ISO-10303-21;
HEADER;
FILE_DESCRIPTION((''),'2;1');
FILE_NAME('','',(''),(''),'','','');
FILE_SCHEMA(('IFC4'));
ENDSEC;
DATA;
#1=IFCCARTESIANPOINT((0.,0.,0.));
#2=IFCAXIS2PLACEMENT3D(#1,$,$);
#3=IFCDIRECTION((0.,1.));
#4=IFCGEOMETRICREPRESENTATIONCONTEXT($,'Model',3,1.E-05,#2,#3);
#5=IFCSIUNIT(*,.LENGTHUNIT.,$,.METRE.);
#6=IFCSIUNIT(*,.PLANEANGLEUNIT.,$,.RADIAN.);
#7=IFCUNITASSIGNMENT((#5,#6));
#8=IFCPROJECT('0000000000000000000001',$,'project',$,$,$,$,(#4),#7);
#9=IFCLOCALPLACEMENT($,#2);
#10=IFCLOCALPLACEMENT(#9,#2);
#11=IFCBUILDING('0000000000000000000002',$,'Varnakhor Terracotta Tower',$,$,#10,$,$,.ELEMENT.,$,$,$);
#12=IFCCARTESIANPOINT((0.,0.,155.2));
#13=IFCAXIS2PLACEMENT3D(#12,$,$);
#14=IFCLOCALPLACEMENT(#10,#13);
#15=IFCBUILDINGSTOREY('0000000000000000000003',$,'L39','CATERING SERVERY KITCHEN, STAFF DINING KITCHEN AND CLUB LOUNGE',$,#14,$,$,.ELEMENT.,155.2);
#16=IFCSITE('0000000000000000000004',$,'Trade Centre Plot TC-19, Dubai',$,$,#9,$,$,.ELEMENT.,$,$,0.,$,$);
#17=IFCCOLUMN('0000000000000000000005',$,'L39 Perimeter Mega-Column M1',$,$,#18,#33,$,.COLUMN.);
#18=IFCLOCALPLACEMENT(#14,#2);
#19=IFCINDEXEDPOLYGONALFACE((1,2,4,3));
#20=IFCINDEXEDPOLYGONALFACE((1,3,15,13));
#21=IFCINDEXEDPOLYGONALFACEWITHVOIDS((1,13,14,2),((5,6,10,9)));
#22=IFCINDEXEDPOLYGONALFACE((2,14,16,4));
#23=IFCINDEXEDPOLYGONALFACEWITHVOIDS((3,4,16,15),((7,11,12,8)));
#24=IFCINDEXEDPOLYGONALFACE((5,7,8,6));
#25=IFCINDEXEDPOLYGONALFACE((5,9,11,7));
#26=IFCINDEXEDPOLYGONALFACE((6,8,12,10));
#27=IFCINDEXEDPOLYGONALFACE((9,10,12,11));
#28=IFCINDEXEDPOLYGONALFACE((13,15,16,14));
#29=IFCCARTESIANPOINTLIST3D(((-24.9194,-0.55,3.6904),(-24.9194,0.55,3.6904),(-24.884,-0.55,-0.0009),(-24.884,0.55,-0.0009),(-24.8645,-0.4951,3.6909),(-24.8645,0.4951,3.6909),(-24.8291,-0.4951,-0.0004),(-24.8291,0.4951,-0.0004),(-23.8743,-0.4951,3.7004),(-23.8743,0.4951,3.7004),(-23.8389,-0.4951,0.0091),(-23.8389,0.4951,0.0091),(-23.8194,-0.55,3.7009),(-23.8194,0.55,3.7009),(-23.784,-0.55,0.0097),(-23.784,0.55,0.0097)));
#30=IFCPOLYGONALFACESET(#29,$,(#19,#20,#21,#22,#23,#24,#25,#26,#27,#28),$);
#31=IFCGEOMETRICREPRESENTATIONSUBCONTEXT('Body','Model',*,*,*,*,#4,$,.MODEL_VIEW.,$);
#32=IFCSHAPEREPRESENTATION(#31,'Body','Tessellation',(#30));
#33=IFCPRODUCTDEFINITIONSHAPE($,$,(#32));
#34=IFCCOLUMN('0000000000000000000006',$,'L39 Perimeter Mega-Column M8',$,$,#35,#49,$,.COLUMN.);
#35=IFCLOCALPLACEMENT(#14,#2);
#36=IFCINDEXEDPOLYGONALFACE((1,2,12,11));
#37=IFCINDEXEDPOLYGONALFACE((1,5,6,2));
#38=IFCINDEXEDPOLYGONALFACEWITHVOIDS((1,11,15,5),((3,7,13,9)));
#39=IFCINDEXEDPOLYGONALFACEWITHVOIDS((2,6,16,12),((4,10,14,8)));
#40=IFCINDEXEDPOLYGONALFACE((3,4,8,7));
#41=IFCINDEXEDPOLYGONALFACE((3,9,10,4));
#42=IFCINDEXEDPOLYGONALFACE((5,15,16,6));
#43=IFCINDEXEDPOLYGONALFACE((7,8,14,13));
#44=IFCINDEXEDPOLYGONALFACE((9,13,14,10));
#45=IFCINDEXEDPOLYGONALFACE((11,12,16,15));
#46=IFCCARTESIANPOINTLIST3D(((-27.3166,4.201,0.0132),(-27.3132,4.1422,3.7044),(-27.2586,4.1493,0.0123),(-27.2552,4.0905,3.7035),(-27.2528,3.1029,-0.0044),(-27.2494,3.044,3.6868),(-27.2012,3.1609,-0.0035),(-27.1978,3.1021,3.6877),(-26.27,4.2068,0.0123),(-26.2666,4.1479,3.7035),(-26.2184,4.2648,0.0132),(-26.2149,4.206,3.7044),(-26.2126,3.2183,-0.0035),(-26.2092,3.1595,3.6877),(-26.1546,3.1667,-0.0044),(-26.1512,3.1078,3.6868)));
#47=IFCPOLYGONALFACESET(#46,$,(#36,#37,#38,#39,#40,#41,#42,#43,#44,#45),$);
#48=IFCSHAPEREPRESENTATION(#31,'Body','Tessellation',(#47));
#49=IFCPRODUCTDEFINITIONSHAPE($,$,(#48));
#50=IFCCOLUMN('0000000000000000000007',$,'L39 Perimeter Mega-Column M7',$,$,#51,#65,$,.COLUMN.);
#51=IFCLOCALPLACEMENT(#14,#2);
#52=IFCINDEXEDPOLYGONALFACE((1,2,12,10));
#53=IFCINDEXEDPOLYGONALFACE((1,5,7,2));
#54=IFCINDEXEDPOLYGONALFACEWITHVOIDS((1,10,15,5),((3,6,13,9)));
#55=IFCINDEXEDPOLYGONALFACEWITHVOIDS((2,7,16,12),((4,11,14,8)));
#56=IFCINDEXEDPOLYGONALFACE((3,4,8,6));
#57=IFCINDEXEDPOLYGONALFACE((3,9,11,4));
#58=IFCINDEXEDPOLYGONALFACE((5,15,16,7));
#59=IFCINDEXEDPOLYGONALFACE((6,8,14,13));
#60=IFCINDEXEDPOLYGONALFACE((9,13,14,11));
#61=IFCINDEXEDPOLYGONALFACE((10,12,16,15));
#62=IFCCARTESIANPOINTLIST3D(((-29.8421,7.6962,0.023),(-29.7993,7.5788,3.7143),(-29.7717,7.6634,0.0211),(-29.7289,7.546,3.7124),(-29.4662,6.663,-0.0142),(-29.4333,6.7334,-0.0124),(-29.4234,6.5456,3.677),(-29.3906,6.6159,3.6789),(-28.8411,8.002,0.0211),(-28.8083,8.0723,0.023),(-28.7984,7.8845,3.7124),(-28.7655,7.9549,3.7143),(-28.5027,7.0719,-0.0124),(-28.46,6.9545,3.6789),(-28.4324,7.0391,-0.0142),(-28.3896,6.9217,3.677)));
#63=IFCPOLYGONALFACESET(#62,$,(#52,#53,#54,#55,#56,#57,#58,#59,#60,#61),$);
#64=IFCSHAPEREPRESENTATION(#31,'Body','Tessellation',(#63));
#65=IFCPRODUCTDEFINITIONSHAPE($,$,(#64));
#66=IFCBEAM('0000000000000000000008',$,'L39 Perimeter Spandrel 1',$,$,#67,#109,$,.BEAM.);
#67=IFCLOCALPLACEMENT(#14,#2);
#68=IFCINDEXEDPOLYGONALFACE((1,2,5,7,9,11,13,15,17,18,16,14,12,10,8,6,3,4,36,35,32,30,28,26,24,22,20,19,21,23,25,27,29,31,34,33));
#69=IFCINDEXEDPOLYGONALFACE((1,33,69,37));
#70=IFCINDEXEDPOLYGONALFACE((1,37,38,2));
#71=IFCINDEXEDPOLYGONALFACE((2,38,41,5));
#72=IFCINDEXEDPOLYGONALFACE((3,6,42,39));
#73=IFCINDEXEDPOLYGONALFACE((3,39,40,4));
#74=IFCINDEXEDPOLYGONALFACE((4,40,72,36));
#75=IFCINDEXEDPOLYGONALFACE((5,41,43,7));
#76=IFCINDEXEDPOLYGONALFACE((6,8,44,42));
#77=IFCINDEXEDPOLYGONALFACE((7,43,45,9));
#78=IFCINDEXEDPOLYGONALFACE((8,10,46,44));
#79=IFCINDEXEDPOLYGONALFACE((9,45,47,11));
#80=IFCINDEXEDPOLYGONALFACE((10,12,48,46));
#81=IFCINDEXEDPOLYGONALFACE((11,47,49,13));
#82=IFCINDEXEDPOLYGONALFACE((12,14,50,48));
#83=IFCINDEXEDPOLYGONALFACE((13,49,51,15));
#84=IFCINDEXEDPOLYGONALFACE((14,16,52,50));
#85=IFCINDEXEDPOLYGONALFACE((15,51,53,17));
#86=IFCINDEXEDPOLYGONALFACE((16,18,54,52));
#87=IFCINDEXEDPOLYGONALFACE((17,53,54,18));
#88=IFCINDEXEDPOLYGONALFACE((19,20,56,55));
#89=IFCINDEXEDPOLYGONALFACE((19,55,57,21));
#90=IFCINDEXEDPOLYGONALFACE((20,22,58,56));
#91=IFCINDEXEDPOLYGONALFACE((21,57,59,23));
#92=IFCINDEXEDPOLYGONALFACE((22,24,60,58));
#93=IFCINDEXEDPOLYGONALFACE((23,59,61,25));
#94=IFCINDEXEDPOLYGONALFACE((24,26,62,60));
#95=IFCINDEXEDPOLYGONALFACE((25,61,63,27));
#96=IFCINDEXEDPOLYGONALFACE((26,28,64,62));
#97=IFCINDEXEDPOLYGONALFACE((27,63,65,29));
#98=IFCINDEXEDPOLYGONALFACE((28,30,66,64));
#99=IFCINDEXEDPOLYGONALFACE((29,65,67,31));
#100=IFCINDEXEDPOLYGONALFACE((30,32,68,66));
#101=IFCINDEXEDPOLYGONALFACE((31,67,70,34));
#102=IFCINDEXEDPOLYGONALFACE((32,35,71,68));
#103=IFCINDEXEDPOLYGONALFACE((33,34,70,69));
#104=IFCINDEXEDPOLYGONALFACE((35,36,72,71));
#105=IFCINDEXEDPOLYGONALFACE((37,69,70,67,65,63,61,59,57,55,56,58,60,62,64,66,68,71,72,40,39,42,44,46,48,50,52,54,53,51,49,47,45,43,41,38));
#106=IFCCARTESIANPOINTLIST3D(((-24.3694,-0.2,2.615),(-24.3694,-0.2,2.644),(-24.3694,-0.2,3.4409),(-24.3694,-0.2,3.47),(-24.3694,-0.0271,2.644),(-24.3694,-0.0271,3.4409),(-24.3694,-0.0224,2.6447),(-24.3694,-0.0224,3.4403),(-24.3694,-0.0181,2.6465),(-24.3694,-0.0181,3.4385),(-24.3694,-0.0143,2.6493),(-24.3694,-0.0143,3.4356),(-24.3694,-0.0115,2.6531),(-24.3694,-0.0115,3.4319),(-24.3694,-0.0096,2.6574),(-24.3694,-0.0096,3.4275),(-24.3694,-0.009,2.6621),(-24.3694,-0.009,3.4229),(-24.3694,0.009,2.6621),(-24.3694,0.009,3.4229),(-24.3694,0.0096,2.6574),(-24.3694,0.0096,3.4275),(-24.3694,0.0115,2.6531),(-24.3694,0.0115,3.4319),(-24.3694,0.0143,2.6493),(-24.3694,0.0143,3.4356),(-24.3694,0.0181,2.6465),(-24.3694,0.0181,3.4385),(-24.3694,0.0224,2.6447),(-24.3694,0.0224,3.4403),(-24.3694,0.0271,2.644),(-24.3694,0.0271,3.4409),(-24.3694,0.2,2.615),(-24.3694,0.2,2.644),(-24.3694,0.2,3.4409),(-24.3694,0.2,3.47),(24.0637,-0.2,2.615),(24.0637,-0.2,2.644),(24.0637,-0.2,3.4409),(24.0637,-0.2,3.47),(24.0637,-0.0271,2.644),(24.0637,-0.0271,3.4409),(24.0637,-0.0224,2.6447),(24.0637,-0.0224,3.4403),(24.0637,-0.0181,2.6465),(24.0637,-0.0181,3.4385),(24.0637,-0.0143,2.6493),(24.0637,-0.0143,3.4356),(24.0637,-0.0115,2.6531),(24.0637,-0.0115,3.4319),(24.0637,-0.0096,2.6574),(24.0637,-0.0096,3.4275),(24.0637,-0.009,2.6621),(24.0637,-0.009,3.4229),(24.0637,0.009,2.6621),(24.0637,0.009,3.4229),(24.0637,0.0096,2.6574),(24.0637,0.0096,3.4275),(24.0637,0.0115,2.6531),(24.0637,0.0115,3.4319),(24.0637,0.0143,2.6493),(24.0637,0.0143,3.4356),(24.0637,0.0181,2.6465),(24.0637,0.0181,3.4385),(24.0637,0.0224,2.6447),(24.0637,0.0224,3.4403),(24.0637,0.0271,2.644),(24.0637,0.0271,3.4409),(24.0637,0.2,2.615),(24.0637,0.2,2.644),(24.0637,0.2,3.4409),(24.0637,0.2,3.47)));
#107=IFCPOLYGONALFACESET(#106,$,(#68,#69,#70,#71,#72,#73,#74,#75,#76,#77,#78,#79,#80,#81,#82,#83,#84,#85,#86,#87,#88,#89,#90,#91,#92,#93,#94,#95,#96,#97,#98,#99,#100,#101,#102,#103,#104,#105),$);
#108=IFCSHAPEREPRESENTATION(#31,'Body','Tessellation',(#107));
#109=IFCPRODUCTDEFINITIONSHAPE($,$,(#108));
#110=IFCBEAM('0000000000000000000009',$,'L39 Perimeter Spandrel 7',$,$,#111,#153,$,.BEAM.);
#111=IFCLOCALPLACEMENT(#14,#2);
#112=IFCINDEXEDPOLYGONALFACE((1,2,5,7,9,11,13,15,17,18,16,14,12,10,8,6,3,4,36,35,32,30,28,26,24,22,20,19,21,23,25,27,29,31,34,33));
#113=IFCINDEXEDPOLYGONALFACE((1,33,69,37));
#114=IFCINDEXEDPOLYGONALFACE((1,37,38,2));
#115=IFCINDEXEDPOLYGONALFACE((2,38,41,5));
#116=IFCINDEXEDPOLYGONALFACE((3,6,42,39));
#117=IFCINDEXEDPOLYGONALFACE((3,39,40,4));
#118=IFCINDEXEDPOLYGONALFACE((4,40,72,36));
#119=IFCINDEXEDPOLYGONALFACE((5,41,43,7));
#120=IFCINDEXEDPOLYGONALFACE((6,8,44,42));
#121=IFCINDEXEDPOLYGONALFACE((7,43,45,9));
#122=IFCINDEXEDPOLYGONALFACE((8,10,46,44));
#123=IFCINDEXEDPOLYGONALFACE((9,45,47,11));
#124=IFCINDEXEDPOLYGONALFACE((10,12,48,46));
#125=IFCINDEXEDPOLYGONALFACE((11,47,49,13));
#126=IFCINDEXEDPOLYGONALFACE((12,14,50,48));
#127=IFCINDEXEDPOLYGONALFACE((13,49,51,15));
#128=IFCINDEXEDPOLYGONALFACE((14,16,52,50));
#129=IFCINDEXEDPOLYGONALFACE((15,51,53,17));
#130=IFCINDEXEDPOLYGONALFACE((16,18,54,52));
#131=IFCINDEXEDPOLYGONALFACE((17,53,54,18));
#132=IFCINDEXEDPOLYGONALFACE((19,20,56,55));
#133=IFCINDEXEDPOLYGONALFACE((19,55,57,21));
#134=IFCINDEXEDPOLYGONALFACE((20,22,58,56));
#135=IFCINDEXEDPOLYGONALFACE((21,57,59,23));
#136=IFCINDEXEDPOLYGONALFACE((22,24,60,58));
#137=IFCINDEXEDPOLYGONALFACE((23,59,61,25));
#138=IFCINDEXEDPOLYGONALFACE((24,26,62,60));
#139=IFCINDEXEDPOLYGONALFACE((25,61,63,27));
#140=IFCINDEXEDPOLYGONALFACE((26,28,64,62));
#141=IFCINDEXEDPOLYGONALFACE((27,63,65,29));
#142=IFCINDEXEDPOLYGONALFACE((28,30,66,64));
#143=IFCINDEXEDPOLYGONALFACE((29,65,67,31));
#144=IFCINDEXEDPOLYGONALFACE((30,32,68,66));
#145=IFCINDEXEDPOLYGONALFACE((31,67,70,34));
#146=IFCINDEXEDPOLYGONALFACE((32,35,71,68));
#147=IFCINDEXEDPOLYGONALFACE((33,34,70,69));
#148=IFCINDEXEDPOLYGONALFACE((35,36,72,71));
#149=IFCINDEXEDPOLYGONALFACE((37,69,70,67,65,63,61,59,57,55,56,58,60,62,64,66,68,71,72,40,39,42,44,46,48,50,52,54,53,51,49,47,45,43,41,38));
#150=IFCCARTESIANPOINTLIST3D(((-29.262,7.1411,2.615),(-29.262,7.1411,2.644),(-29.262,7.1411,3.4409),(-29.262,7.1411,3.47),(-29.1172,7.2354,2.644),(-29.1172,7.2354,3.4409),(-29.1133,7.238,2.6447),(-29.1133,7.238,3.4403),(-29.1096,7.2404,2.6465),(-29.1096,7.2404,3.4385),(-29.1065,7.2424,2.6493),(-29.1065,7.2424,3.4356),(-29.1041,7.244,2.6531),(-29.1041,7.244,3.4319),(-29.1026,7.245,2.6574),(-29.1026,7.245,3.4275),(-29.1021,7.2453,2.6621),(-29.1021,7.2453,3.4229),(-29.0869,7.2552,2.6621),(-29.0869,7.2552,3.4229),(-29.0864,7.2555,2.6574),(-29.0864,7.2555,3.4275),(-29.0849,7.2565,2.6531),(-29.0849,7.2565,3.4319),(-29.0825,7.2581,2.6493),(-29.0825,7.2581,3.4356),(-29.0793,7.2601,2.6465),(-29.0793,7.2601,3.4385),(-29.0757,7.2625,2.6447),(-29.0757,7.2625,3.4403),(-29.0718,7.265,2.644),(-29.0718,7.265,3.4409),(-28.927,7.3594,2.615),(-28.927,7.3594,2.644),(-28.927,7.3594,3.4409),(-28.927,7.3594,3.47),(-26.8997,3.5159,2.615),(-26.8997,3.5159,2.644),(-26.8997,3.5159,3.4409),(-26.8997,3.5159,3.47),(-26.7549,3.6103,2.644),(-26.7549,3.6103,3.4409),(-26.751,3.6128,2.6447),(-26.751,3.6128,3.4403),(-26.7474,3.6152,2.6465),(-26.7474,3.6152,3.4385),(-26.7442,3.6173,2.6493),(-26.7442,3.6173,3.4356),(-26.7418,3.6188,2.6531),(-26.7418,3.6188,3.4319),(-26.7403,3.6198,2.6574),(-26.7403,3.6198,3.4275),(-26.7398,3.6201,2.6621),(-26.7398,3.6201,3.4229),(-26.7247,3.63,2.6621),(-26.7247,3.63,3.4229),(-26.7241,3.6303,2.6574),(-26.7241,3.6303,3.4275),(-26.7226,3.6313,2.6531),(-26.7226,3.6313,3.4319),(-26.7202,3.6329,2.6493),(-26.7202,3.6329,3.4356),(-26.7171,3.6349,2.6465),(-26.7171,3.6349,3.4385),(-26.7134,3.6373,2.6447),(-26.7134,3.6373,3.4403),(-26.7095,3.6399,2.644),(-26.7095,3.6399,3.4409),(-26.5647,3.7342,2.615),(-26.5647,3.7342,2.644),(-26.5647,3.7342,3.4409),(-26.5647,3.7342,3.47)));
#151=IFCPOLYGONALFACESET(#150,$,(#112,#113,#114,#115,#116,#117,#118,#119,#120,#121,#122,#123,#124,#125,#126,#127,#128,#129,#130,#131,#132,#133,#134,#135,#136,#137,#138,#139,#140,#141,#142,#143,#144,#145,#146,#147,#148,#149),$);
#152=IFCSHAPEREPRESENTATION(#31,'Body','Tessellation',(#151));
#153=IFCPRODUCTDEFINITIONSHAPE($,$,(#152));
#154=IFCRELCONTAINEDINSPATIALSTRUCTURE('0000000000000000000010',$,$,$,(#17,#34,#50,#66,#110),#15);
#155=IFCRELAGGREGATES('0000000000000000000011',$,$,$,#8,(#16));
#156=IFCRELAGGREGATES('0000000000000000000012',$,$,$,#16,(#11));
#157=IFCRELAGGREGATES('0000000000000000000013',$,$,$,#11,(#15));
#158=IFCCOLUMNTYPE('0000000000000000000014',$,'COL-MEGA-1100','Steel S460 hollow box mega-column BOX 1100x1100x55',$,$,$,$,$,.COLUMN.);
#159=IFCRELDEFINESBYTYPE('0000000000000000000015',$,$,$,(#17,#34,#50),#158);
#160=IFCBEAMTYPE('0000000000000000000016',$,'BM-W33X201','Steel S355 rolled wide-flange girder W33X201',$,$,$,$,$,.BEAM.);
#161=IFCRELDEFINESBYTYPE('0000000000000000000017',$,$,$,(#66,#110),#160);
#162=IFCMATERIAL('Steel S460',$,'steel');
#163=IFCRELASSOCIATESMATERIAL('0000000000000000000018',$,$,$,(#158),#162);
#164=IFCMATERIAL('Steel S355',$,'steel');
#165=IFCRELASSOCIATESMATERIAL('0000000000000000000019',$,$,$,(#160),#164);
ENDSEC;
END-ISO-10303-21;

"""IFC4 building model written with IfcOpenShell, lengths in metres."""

from ifc_helpers import new_model, si_unit, direction, frame, origin, origin_2d, place, context, subcontext, project, spatial, hollow_rectangle, i_section, extrude, source, transform, mapped, material, material_profile, profile_set, type_object, element, save


model = new_model("IFC4")

# Units and contexts
model_context = context("Model", 3, precision=1e-05, world=origin(), true_north=direction((0.0, 1.0)))
body_context = subcontext(model_context, "Body", "Model", "MODEL_VIEW")
ifc_project = project(units=[si_unit("LENGTHUNIT", "METRE"), si_unit("PLANEANGLEUNIT", "RADIAN")], contexts=[model_context])

# Site, building, storey
site_placement = place(None, origin())
site = spatial("IfcSite", under=ifc_project, at=site_placement, Name="Trade Centre Plot TC-19, Dubai", CompositionType="ELEMENT", RefElevation=0.0)
building_placement = place(site_placement, origin())
building = spatial("IfcBuilding", under=site, at=building_placement, Name="Varnakhor Terracotta Tower", CompositionType="ELEMENT")
storey_placement = place(building_placement, frame((0.0, 0.0, 155.2)))
storey = spatial("IfcBuildingStorey", under=building, at=storey_placement, Name="L39", Description="CATERING SERVERY KITCHEN, STAFF DINING KITCHEN AND CLUB LOUNGE", CompositionType="ELEMENT", Elevation=155.2)

# Columns
ifc_material_1 = material(Name="Steel S460", Category="steel")
ifc_material_profile_1 = material_profile(ifc_material_1, hollow_rectangle(XDim=1.1001, YDim=1.1001, WallThickness=0.0549, at=origin_2d()), Name="BOX 1100x1100x55")
ifc_profile_set_1 = profile_set([ifc_material_profile_1], Name="Steel S460")
column_type = type_object("IfcColumnType", Name="COL-MEGA-1100", Description="Steel S460 hollow box mega-column BOX 1100x1100x55", PredefinedType="COLUMN", material=ifc_profile_set_1)
shared_shape_1 = source(origin(), body_context, "Body", "SweptSolid", [
    extrude(hollow_rectangle(XDim=1.1001, YDim=1.1001, WallThickness=0.0549, at=origin_2d()), origin(), (0.0, 0.0, 1.0), 3.6914),
])
column_1_placement = place(storey_placement, frame((-24.334, 0.0, 0.0044), z_axis=(-0.00959, 0.0, 0.999954), x_axis=(0.0, -1.0, 0.0)))
element("IfcColumn", 1, at=column_1_placement, inside=storey, type_object=column_type, Name="L39 Perimeter Mega-Column M1", PredefinedType="COLUMN", context=body_context, shape_type="MappedRepresentation", body=[
    mapped(shared_shape_1, transform((0.0, 0.0, 0.0), scale=1.0)),
])
shared_shape_2 = source(origin(), body_context, "Body", "SweptSolid", [
    extrude(hollow_rectangle(XDim=1.1001, YDim=1.1001, WallThickness=0.0549, at=origin_2d()), origin(), (0.0, 0.0, 1.0), 3.6917),
])
column_2_placement = place(storey_placement, frame((-26.7356, 3.6838, 0.0044), z_axis=(0.000926, -0.015938, 0.999873), x_axis=(0.998317, 0.057994, 0.0)))
element("IfcColumn", 2, at=column_2_placement, inside=storey, type_object=column_type, Name="L39 Perimeter Mega-Column M8", PredefinedType="COLUMN", context=body_context, shape_type="MappedRepresentation", body=[
    mapped(shared_shape_2, transform((0.0, 0.0, 0.0), scale=1.0)),
])
shared_shape_3 = source(origin(), body_context, "Body", "SweptSolid", [
    extrude(hollow_rectangle(XDim=1.1001, YDim=1.1001, WallThickness=0.0549, at=origin_2d()), origin(), (0.0, 0.0, 1.0), 3.6934),
])
column_3_placement = place(storey_placement, frame((-29.1372, 7.3677, 0.0044), z_axis=(0.011568, -0.031796, 0.999427), x_axis=(0.939736, 0.3419, 0.0)))
element("IfcColumn", 3, at=column_3_placement, inside=storey, type_object=column_type, Name="L39 Perimeter Mega-Column M7", PredefinedType="COLUMN", context=body_context, shape_type="MappedRepresentation", body=[
    mapped(shared_shape_3, transform((0.0, 0.0, 0.0), scale=1.0)),
])

# Beams
ifc_material_2 = material(Name="Steel S355", Category="steel")
ifc_material_profile_2 = material_profile(ifc_material_2, i_section(OverallWidth=0.3999, OverallDepth=0.855, WebThickness=0.0181, FlangeThickness=0.0291, FilletRadius=0.0181, at=origin_2d()), Name="W33X201")
ifc_profile_set_2 = profile_set([ifc_material_profile_2], Name="Steel S355")
beam_type_1 = type_object("IfcBeamType", Name="BM-W33X201", Description="Steel S355 rolled wide-flange girder W33X201", PredefinedType="BEAM", material=ifc_profile_set_2)
shared_shape_4 = source(origin(), body_context, "Body", "SweptSolid", [
    extrude(i_section(OverallWidth=0.3999, OverallDepth=0.855, WebThickness=0.0181, FlangeThickness=0.0291, FilletRadius=0.0181, at=origin_2d()), origin(), (0.0, 0.0, 1.0), 48.4331),
])
beam_1_placement = place(storey_placement, frame((-24.3694, 0.0, 3.0425), z_axis=(1.0, 0.0, 0.0), x_axis=(0.0, 1.0, 0.0)))
element("IfcBeam", 4, at=beam_1_placement, inside=storey, type_object=beam_type_1, Name="L39 Perimeter Spandrel 1", PredefinedType="BEAM", context=body_context, shape_type="MappedRepresentation", body=[
    mapped(shared_shape_4, transform((0.0, 0.0, 0.0), scale=1.0)),
])
shared_shape_5 = source(origin(), body_context, "Body", "SweptSolid", [
    extrude(i_section(OverallWidth=0.3999, OverallDepth=0.855, WebThickness=0.0181, FlangeThickness=0.0291, FilletRadius=0.0181, at=origin_2d()), origin(), (0.0, 0.0, 1.0), 4.3269),
])
beam_2_placement = place(storey_placement, frame((-29.0945, 7.2502, 3.0425), z_axis=(0.545946, -0.83782, 0.0), x_axis=(0.83782, 0.545946, 0.0)))
element("IfcBeam", 5, at=beam_2_placement, inside=storey, type_object=beam_type_1, Name="L39 Perimeter Spandrel 7", PredefinedType="BEAM", context=body_context, shape_type="MappedRepresentation", body=[
    mapped(shared_shape_5, transform((0.0, 0.0, 0.0), scale=1.0)),
])

save(model, "model.ifc")
